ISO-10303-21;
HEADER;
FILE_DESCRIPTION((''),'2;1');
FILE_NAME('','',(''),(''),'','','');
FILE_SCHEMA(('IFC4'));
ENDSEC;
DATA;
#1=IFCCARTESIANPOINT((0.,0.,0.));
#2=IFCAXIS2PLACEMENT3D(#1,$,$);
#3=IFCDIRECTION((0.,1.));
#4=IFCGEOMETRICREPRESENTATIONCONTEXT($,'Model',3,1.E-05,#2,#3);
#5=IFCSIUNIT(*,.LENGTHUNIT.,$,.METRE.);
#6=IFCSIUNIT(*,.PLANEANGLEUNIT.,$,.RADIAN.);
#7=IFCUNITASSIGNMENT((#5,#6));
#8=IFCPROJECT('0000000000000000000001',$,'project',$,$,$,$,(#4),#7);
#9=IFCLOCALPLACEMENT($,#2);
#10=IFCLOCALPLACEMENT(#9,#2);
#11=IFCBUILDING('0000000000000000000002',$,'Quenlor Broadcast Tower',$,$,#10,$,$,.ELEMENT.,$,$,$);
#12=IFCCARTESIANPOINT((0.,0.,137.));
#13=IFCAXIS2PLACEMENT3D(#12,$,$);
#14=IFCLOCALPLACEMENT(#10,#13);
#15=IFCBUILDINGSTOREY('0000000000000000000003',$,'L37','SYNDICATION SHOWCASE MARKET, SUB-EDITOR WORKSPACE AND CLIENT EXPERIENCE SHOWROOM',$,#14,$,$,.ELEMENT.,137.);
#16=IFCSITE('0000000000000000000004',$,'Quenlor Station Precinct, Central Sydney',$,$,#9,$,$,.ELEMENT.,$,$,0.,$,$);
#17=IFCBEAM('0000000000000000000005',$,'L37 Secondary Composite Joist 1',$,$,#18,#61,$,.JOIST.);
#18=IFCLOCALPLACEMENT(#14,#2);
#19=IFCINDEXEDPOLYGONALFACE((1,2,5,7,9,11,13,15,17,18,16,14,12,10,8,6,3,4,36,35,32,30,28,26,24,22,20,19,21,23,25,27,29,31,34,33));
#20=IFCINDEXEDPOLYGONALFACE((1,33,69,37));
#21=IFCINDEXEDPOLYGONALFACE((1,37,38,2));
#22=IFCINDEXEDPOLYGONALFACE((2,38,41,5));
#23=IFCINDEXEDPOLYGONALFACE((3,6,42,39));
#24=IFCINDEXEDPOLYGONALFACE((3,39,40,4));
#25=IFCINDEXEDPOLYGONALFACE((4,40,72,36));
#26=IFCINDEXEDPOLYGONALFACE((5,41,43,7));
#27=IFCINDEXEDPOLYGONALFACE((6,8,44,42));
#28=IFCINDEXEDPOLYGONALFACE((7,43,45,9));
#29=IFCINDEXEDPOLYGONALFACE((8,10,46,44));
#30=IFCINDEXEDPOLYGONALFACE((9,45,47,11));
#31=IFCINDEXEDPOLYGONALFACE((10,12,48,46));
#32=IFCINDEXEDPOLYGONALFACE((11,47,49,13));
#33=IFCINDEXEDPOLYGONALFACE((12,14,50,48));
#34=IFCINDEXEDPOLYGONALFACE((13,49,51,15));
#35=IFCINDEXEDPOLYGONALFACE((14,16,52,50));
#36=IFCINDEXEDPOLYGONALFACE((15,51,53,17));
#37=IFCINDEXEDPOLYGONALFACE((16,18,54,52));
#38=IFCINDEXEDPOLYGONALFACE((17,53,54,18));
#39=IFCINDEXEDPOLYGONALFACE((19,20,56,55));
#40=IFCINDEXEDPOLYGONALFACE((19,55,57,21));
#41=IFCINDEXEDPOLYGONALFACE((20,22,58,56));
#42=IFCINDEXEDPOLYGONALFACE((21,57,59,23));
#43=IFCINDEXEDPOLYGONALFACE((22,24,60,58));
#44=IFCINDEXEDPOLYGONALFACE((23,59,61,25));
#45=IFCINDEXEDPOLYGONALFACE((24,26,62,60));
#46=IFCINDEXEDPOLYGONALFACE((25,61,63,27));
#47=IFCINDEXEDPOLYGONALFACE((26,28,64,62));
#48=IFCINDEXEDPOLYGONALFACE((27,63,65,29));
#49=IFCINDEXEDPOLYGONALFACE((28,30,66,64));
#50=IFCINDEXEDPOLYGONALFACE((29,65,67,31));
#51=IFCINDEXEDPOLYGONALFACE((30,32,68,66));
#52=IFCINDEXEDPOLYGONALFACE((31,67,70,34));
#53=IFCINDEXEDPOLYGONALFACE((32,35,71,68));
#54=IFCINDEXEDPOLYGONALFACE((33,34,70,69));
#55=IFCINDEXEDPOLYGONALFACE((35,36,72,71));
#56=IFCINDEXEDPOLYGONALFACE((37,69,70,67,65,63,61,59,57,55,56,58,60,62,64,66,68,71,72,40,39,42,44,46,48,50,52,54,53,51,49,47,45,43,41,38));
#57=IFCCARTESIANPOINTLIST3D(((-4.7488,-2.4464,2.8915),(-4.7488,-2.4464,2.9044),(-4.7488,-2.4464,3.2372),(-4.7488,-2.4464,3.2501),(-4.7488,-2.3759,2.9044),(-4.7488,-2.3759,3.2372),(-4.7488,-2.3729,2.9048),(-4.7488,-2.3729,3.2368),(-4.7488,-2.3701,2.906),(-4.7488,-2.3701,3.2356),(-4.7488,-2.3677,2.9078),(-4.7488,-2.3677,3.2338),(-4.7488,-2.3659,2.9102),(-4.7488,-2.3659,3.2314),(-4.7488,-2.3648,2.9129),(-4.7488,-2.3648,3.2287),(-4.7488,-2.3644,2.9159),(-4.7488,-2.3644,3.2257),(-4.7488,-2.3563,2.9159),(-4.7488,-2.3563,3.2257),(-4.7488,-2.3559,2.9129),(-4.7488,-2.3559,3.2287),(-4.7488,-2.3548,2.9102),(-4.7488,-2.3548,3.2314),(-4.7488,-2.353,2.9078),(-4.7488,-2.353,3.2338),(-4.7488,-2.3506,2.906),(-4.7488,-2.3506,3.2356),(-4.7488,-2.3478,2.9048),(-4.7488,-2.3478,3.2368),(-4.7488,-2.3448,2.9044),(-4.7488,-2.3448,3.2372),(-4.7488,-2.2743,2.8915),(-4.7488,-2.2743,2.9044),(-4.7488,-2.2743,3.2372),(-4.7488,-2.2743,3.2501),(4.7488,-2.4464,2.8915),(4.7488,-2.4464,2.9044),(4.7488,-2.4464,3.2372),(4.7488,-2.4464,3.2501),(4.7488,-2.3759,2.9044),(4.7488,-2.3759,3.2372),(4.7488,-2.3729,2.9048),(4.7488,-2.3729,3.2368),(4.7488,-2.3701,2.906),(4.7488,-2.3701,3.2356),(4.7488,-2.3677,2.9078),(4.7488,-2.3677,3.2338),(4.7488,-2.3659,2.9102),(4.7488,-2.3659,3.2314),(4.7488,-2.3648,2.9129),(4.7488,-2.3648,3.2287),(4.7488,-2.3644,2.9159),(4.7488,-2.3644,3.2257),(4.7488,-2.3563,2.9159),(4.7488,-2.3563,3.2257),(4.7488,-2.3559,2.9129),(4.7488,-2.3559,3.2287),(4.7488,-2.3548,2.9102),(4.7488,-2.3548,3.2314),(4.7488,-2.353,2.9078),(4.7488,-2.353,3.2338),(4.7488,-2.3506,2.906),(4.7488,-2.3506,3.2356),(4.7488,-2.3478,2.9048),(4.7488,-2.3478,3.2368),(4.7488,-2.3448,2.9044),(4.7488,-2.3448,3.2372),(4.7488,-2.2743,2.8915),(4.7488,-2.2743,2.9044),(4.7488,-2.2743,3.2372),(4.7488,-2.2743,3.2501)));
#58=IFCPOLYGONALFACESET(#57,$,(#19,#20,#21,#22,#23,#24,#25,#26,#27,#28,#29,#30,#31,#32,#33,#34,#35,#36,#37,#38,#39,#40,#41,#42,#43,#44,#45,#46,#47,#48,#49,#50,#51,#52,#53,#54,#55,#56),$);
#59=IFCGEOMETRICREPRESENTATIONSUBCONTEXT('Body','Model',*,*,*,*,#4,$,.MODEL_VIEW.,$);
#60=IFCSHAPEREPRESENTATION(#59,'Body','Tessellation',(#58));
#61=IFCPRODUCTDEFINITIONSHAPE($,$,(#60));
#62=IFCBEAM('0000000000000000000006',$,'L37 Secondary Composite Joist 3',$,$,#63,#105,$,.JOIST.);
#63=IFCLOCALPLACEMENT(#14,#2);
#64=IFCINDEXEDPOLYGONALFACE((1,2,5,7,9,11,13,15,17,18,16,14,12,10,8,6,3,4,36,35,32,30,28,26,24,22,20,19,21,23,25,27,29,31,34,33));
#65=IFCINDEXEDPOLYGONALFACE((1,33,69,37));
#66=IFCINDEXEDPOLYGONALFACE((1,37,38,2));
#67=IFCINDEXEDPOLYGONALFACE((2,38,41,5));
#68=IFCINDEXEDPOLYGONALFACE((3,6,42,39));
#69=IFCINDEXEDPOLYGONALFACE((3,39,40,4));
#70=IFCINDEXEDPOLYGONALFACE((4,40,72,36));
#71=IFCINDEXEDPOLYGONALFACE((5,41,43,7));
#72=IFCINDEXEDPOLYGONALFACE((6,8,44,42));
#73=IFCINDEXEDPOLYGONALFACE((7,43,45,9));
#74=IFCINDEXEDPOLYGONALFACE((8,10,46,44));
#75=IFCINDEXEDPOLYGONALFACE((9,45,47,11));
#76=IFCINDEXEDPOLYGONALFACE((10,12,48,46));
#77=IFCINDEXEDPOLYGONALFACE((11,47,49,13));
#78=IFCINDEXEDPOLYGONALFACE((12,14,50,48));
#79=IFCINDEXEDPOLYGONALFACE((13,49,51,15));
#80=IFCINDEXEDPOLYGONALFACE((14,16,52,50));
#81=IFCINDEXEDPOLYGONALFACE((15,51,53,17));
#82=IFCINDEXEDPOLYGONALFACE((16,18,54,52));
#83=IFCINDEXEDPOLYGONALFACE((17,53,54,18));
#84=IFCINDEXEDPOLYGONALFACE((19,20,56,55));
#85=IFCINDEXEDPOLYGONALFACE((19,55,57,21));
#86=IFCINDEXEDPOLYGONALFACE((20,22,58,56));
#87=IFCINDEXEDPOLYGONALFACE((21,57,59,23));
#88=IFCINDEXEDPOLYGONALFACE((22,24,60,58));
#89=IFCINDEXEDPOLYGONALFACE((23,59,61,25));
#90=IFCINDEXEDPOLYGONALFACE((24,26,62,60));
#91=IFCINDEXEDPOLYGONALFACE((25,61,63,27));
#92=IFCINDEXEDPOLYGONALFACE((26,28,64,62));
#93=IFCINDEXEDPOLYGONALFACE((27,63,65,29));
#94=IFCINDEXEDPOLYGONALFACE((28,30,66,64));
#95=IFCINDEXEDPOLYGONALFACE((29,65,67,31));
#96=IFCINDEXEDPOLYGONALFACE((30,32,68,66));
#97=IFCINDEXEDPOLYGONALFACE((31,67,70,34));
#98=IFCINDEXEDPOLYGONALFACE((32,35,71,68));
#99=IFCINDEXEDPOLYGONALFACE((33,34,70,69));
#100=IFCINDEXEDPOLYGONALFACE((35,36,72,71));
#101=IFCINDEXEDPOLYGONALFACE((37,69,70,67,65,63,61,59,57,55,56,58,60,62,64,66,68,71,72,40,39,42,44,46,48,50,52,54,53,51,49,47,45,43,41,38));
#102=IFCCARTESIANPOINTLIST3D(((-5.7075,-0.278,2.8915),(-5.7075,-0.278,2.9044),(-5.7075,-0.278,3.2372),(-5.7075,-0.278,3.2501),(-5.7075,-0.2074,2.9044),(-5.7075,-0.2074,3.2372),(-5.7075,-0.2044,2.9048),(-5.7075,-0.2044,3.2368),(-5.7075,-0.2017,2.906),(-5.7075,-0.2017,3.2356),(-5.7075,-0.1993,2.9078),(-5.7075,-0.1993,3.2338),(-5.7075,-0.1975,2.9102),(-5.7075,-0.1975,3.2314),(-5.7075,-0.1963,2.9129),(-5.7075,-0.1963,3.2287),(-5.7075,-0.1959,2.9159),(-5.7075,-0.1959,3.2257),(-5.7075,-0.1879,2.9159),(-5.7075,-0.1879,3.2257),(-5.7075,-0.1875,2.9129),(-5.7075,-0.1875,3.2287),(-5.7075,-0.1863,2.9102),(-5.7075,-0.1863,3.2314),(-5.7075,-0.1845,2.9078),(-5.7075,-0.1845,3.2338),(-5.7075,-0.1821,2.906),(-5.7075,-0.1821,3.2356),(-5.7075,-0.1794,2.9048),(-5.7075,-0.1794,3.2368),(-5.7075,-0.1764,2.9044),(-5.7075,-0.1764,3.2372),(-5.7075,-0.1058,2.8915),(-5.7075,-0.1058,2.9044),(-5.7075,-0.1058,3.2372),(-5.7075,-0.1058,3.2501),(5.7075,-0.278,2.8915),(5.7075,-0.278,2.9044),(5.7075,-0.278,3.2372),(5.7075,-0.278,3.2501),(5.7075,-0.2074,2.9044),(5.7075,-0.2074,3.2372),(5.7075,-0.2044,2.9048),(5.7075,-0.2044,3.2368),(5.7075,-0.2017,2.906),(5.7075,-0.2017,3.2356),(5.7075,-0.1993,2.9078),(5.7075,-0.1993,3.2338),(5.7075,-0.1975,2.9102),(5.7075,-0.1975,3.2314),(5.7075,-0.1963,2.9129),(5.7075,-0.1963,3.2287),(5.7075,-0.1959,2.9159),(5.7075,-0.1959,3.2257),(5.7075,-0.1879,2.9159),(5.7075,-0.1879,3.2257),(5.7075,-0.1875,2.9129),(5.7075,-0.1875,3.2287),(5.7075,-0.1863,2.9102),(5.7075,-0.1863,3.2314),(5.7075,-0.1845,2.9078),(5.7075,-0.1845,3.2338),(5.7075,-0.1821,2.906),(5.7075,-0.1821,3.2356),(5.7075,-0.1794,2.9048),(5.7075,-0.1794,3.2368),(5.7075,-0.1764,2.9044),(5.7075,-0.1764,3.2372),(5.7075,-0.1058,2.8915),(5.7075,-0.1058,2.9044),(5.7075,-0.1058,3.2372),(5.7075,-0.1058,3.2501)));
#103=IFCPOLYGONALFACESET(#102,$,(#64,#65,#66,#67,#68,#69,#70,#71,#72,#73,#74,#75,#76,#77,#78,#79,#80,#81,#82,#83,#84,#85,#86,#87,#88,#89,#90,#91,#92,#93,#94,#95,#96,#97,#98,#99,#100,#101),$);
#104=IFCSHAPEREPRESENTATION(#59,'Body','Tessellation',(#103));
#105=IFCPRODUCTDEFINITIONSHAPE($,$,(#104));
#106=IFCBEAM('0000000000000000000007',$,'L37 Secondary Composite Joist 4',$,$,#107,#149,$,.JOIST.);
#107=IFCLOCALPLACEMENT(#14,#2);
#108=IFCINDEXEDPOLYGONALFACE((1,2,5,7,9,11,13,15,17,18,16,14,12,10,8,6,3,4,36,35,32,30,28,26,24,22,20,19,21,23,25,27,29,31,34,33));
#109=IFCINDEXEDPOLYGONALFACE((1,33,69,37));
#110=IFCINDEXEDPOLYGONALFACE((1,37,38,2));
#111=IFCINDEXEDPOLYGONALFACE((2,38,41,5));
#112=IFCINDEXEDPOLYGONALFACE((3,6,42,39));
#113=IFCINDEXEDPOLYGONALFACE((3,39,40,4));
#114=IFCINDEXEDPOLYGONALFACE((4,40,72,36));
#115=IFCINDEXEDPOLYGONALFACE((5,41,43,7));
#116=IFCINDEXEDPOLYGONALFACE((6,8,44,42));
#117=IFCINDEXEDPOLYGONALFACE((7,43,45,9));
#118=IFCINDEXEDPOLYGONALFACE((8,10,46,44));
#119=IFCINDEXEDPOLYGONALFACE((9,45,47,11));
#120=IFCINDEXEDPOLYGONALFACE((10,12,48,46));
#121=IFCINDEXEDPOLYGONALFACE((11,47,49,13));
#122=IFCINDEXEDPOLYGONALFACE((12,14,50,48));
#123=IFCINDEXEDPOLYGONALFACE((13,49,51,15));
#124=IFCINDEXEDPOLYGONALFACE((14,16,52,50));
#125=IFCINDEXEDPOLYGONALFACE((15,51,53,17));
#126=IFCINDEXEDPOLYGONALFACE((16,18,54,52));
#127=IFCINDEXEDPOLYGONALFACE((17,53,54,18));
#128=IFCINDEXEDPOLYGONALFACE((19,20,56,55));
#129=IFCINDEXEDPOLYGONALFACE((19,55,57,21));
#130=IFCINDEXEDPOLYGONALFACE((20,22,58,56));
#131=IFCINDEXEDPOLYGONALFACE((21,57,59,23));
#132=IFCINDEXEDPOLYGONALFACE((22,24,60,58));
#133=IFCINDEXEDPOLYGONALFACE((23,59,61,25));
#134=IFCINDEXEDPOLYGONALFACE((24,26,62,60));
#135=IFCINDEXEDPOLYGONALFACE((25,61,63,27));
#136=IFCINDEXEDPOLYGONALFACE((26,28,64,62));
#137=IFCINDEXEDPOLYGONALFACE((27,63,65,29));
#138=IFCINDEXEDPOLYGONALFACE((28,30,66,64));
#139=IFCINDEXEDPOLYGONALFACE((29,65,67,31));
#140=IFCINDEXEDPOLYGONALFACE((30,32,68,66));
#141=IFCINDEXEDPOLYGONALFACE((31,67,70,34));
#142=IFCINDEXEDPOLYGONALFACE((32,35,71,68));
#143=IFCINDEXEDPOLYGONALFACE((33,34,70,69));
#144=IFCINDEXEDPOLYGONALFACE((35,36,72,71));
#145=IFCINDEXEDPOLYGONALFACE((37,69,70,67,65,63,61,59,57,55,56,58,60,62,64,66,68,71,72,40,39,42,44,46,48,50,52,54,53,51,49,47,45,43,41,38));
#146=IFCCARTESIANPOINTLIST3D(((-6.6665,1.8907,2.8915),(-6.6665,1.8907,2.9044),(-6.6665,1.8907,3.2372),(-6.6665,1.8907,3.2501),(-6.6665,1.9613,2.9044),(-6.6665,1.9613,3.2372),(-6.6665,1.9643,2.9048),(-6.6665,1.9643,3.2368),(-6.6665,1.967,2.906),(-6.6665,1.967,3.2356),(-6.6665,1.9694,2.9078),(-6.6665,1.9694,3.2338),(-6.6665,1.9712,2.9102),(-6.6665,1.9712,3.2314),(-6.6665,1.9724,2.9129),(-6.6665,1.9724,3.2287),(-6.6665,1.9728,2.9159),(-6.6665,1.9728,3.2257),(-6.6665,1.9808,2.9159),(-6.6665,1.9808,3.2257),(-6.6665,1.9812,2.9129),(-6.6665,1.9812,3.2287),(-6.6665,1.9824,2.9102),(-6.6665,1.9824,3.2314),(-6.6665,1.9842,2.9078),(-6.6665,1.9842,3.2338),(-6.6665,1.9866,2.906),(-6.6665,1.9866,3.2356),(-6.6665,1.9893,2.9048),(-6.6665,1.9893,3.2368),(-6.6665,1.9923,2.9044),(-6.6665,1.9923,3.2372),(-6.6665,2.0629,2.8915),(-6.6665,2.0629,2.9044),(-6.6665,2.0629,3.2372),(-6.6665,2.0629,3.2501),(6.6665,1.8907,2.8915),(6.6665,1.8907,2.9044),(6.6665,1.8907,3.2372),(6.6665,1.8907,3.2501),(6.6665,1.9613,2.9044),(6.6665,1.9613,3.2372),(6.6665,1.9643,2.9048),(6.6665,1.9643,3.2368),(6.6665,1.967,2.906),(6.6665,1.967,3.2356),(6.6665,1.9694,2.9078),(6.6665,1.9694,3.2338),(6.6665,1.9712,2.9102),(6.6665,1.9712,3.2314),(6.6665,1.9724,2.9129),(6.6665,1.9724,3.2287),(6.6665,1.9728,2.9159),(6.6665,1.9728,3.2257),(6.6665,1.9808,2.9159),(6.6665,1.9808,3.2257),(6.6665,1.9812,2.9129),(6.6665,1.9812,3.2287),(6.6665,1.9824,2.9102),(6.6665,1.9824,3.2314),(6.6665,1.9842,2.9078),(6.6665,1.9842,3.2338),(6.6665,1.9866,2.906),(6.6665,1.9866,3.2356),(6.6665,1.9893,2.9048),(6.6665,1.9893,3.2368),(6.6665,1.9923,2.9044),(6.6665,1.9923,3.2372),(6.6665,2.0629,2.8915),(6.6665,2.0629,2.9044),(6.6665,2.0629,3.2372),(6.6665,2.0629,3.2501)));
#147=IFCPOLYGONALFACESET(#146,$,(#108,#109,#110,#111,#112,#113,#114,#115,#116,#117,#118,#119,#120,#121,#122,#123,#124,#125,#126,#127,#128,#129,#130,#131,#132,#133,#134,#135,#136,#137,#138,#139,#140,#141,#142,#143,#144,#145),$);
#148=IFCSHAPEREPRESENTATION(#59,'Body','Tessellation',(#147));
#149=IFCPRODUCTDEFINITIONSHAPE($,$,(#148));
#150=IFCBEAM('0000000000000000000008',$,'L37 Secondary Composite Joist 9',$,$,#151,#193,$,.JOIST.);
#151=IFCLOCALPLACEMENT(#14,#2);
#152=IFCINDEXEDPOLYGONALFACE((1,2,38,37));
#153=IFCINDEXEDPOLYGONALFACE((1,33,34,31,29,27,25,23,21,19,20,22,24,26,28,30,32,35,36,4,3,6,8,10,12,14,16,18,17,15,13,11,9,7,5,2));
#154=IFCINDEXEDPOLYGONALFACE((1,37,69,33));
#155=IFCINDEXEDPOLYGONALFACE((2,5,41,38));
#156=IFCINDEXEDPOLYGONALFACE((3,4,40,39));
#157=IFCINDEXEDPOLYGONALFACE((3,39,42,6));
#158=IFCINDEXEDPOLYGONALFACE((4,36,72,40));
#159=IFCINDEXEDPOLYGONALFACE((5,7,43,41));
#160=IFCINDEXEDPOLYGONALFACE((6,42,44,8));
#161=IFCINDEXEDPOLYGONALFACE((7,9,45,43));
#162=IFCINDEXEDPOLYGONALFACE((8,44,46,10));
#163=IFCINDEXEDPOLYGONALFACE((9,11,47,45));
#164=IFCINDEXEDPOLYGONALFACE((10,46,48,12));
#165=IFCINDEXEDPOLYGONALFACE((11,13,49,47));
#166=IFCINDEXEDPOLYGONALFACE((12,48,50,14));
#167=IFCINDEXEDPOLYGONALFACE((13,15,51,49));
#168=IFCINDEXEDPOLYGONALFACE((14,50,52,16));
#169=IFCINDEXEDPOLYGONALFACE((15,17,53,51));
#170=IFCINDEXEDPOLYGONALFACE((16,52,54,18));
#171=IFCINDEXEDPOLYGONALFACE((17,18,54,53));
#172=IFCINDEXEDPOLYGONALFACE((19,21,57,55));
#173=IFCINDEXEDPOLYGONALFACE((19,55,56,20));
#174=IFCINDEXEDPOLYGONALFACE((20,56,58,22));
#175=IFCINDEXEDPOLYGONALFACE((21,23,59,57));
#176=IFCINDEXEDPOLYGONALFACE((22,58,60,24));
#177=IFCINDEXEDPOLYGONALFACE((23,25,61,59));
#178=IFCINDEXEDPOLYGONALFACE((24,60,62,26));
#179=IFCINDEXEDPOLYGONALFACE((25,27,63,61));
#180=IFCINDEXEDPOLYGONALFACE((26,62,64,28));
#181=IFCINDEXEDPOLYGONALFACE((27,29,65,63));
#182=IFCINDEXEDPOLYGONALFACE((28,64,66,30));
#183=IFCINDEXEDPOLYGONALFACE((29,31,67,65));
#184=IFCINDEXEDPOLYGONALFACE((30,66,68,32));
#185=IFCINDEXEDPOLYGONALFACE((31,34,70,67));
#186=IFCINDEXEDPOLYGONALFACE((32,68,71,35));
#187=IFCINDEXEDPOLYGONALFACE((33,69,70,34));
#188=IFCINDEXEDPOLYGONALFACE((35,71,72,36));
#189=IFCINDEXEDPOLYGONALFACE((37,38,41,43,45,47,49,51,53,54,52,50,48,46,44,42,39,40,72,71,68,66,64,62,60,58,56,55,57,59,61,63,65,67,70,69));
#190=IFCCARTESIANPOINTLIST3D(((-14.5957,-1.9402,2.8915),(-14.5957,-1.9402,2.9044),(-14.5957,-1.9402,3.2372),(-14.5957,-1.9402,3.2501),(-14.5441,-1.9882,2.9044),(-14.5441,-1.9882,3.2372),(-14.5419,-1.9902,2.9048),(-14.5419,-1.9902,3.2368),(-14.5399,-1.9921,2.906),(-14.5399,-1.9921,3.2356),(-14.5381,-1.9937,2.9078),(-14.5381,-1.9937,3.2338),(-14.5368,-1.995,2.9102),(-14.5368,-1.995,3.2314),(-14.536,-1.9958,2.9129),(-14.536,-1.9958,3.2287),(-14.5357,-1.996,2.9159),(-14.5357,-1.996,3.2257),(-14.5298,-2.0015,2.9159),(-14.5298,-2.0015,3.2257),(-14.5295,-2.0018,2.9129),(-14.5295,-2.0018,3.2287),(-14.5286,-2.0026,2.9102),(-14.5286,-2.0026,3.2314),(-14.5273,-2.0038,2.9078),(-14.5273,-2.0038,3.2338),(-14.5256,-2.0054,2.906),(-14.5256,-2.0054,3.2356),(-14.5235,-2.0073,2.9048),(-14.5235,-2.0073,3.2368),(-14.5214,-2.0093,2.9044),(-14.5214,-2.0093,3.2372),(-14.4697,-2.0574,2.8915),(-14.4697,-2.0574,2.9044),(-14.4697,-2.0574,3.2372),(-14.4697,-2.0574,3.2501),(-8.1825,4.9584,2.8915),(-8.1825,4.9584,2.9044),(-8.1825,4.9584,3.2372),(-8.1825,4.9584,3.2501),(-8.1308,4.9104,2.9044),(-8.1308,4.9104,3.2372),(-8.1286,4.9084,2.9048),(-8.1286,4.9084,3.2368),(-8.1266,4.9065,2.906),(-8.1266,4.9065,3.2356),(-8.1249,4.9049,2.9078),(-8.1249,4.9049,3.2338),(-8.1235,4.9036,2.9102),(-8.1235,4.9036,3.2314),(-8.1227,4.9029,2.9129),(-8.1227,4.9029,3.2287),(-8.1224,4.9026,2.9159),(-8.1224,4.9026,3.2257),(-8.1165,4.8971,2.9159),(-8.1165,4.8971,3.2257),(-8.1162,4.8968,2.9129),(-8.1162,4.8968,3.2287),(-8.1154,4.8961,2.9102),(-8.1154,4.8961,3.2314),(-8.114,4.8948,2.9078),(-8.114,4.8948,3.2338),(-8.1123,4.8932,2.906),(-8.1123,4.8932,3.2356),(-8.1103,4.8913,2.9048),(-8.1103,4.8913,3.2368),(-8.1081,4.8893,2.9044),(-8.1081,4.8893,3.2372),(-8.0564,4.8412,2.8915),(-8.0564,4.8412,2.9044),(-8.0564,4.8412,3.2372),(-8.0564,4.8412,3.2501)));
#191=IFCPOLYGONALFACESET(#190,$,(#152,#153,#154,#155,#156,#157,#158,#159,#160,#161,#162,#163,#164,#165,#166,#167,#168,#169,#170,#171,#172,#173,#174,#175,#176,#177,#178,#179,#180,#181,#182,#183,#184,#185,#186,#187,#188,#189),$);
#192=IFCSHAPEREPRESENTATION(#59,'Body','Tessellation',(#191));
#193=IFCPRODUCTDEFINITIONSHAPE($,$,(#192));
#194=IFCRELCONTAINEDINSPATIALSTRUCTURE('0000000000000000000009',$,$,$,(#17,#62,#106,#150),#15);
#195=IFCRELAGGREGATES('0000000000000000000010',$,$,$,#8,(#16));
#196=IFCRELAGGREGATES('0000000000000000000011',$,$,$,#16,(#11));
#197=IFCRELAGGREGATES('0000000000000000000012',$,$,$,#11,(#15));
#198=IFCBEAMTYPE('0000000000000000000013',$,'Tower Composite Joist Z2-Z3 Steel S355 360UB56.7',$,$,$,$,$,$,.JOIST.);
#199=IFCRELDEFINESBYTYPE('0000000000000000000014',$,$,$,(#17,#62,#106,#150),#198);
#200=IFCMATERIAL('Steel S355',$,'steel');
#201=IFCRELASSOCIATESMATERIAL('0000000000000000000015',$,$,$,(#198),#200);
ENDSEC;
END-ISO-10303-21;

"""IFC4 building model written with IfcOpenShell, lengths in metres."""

from ifc_helpers import new_model, si_unit, direction, frame, origin, origin_2d, place, context, subcontext, project, spatial, i_section, extrude, material, material_profile, profile_set, type_object, element, save


model = new_model("IFC4")

# Units and contexts
model_context = context("Model", 3, precision=1e-05, world=origin(), true_north=direction((0.0, 1.0)))
body_context = subcontext(model_context, "Body", "Model", "MODEL_VIEW")
ifc_project = project(units=[si_unit("LENGTHUNIT", "METRE"), si_unit("PLANEANGLEUNIT", "RADIAN")], contexts=[model_context])

# Site, building, storey
site_placement = place(None, origin())
site = spatial("IfcSite", under=ifc_project, at=site_placement, Name="Quenlor Station Precinct, Central Sydney", CompositionType="ELEMENT", RefElevation=0.0)
building_placement = place(site_placement, origin())
building = spatial("IfcBuilding", under=site, at=building_placement, Name="Quenlor Broadcast Tower", CompositionType="ELEMENT")
storey_placement = place(building_placement, frame((0.0, 0.0, 137.0)))
storey = spatial("IfcBuildingStorey", under=building, at=storey_placement, Name="L37", Description="SYNDICATION SHOWCASE MARKET, SUB-EDITOR WORKSPACE AND CLIENT EXPERIENCE SHOWROOM", CompositionType="ELEMENT", Elevation=137.0)

# Beams
ifc_material_1 = material(Name="Steel S355", Category="steel")
ifc_material_profile_1 = material_profile(ifc_material_1, i_section(OverallWidth=0.1721, OverallDepth=0.3586, WebThickness=0.0081, FlangeThickness=0.0129, FilletRadius=0.0115, at=origin_2d()))
ifc_profile_set_1 = profile_set([ifc_material_profile_1], Name="Steel S355 360UB56.7")
beam_type_1 = type_object("IfcBeamType", Name="Tower Composite Joist Z2-Z3 Steel S355 360UB56.7", PredefinedType="JOIST", material=ifc_profile_set_1)
beam_1_placement = place(storey_placement, frame((-4.7488, -2.3604, 3.0708), z_axis=(1.0, 0.0, 0.0), x_axis=(0.0, 1.0, 0.0)))
element("IfcBeam", 1, at=beam_1_placement, inside=storey, type_object=beam_type_1, Name="L37 Secondary Composite Joist 1", PredefinedType="JOIST", context=body_context, shape_type="SweptSolid", body=[
    extrude(i_section(OverallWidth=0.1721, OverallDepth=0.3586, WebThickness=0.0081, FlangeThickness=0.0129, FilletRadius=0.0115, at=origin_2d()), origin(), (0.0, 0.0, 1.0), 9.4976),
])
beam_2_placement = place(storey_placement, frame((-5.7075, -0.1919, 3.0708), z_axis=(1.0, 0.0, 0.0), x_axis=(0.0, 1.0, 0.0)))
element("IfcBeam", 2, at=beam_2_placement, inside=storey, type_object=beam_type_1, Name="L37 Secondary Composite Joist 3", PredefinedType="JOIST", context=body_context, shape_type="SweptSolid", body=[
    extrude(i_section(OverallWidth=0.1721, OverallDepth=0.3586, WebThickness=0.0081, FlangeThickness=0.0129, FilletRadius=0.0115, at=origin_2d()), origin(), (0.0, 0.0, 1.0), 11.415),
])
beam_3_placement = place(storey_placement, frame((-6.6665, 1.9768, 3.0708), z_axis=(1.0, 0.0, 0.0), x_axis=(0.0, 1.0, 0.0)))
element("IfcBeam", 3, at=beam_3_placement, inside=storey, type_object=beam_type_1, Name="L37 Secondary Composite Joist 4", PredefinedType="JOIST", context=body_context, shape_type="SweptSolid", body=[
    extrude(i_section(OverallWidth=0.1721, OverallDepth=0.3586, WebThickness=0.0081, FlangeThickness=0.0129, FilletRadius=0.0115, at=origin_2d()), origin(), (0.0, 0.0, 1.0), 13.333),
])
beam_4_placement = place(storey_placement, frame((-14.5327, -1.9988, 3.0708), z_axis=(0.680874, 0.732401, 0.0), x_axis=(-0.732401, 0.680874, 0.0)))
element("IfcBeam", 4, at=beam_4_placement, inside=storey, type_object=beam_type_1, Name="L37 Secondary Composite Joist 9", PredefinedType="JOIST", context=body_context, shape_type="SweptSolid", body=[
    extrude(i_section(OverallWidth=0.1721, OverallDepth=0.3586, WebThickness=0.0081, FlangeThickness=0.0129, FilletRadius=0.0115, at=origin_2d()), origin(), (0.0, 0.0, 1.0), 9.4192),
])

save(model, "model.ifc")
